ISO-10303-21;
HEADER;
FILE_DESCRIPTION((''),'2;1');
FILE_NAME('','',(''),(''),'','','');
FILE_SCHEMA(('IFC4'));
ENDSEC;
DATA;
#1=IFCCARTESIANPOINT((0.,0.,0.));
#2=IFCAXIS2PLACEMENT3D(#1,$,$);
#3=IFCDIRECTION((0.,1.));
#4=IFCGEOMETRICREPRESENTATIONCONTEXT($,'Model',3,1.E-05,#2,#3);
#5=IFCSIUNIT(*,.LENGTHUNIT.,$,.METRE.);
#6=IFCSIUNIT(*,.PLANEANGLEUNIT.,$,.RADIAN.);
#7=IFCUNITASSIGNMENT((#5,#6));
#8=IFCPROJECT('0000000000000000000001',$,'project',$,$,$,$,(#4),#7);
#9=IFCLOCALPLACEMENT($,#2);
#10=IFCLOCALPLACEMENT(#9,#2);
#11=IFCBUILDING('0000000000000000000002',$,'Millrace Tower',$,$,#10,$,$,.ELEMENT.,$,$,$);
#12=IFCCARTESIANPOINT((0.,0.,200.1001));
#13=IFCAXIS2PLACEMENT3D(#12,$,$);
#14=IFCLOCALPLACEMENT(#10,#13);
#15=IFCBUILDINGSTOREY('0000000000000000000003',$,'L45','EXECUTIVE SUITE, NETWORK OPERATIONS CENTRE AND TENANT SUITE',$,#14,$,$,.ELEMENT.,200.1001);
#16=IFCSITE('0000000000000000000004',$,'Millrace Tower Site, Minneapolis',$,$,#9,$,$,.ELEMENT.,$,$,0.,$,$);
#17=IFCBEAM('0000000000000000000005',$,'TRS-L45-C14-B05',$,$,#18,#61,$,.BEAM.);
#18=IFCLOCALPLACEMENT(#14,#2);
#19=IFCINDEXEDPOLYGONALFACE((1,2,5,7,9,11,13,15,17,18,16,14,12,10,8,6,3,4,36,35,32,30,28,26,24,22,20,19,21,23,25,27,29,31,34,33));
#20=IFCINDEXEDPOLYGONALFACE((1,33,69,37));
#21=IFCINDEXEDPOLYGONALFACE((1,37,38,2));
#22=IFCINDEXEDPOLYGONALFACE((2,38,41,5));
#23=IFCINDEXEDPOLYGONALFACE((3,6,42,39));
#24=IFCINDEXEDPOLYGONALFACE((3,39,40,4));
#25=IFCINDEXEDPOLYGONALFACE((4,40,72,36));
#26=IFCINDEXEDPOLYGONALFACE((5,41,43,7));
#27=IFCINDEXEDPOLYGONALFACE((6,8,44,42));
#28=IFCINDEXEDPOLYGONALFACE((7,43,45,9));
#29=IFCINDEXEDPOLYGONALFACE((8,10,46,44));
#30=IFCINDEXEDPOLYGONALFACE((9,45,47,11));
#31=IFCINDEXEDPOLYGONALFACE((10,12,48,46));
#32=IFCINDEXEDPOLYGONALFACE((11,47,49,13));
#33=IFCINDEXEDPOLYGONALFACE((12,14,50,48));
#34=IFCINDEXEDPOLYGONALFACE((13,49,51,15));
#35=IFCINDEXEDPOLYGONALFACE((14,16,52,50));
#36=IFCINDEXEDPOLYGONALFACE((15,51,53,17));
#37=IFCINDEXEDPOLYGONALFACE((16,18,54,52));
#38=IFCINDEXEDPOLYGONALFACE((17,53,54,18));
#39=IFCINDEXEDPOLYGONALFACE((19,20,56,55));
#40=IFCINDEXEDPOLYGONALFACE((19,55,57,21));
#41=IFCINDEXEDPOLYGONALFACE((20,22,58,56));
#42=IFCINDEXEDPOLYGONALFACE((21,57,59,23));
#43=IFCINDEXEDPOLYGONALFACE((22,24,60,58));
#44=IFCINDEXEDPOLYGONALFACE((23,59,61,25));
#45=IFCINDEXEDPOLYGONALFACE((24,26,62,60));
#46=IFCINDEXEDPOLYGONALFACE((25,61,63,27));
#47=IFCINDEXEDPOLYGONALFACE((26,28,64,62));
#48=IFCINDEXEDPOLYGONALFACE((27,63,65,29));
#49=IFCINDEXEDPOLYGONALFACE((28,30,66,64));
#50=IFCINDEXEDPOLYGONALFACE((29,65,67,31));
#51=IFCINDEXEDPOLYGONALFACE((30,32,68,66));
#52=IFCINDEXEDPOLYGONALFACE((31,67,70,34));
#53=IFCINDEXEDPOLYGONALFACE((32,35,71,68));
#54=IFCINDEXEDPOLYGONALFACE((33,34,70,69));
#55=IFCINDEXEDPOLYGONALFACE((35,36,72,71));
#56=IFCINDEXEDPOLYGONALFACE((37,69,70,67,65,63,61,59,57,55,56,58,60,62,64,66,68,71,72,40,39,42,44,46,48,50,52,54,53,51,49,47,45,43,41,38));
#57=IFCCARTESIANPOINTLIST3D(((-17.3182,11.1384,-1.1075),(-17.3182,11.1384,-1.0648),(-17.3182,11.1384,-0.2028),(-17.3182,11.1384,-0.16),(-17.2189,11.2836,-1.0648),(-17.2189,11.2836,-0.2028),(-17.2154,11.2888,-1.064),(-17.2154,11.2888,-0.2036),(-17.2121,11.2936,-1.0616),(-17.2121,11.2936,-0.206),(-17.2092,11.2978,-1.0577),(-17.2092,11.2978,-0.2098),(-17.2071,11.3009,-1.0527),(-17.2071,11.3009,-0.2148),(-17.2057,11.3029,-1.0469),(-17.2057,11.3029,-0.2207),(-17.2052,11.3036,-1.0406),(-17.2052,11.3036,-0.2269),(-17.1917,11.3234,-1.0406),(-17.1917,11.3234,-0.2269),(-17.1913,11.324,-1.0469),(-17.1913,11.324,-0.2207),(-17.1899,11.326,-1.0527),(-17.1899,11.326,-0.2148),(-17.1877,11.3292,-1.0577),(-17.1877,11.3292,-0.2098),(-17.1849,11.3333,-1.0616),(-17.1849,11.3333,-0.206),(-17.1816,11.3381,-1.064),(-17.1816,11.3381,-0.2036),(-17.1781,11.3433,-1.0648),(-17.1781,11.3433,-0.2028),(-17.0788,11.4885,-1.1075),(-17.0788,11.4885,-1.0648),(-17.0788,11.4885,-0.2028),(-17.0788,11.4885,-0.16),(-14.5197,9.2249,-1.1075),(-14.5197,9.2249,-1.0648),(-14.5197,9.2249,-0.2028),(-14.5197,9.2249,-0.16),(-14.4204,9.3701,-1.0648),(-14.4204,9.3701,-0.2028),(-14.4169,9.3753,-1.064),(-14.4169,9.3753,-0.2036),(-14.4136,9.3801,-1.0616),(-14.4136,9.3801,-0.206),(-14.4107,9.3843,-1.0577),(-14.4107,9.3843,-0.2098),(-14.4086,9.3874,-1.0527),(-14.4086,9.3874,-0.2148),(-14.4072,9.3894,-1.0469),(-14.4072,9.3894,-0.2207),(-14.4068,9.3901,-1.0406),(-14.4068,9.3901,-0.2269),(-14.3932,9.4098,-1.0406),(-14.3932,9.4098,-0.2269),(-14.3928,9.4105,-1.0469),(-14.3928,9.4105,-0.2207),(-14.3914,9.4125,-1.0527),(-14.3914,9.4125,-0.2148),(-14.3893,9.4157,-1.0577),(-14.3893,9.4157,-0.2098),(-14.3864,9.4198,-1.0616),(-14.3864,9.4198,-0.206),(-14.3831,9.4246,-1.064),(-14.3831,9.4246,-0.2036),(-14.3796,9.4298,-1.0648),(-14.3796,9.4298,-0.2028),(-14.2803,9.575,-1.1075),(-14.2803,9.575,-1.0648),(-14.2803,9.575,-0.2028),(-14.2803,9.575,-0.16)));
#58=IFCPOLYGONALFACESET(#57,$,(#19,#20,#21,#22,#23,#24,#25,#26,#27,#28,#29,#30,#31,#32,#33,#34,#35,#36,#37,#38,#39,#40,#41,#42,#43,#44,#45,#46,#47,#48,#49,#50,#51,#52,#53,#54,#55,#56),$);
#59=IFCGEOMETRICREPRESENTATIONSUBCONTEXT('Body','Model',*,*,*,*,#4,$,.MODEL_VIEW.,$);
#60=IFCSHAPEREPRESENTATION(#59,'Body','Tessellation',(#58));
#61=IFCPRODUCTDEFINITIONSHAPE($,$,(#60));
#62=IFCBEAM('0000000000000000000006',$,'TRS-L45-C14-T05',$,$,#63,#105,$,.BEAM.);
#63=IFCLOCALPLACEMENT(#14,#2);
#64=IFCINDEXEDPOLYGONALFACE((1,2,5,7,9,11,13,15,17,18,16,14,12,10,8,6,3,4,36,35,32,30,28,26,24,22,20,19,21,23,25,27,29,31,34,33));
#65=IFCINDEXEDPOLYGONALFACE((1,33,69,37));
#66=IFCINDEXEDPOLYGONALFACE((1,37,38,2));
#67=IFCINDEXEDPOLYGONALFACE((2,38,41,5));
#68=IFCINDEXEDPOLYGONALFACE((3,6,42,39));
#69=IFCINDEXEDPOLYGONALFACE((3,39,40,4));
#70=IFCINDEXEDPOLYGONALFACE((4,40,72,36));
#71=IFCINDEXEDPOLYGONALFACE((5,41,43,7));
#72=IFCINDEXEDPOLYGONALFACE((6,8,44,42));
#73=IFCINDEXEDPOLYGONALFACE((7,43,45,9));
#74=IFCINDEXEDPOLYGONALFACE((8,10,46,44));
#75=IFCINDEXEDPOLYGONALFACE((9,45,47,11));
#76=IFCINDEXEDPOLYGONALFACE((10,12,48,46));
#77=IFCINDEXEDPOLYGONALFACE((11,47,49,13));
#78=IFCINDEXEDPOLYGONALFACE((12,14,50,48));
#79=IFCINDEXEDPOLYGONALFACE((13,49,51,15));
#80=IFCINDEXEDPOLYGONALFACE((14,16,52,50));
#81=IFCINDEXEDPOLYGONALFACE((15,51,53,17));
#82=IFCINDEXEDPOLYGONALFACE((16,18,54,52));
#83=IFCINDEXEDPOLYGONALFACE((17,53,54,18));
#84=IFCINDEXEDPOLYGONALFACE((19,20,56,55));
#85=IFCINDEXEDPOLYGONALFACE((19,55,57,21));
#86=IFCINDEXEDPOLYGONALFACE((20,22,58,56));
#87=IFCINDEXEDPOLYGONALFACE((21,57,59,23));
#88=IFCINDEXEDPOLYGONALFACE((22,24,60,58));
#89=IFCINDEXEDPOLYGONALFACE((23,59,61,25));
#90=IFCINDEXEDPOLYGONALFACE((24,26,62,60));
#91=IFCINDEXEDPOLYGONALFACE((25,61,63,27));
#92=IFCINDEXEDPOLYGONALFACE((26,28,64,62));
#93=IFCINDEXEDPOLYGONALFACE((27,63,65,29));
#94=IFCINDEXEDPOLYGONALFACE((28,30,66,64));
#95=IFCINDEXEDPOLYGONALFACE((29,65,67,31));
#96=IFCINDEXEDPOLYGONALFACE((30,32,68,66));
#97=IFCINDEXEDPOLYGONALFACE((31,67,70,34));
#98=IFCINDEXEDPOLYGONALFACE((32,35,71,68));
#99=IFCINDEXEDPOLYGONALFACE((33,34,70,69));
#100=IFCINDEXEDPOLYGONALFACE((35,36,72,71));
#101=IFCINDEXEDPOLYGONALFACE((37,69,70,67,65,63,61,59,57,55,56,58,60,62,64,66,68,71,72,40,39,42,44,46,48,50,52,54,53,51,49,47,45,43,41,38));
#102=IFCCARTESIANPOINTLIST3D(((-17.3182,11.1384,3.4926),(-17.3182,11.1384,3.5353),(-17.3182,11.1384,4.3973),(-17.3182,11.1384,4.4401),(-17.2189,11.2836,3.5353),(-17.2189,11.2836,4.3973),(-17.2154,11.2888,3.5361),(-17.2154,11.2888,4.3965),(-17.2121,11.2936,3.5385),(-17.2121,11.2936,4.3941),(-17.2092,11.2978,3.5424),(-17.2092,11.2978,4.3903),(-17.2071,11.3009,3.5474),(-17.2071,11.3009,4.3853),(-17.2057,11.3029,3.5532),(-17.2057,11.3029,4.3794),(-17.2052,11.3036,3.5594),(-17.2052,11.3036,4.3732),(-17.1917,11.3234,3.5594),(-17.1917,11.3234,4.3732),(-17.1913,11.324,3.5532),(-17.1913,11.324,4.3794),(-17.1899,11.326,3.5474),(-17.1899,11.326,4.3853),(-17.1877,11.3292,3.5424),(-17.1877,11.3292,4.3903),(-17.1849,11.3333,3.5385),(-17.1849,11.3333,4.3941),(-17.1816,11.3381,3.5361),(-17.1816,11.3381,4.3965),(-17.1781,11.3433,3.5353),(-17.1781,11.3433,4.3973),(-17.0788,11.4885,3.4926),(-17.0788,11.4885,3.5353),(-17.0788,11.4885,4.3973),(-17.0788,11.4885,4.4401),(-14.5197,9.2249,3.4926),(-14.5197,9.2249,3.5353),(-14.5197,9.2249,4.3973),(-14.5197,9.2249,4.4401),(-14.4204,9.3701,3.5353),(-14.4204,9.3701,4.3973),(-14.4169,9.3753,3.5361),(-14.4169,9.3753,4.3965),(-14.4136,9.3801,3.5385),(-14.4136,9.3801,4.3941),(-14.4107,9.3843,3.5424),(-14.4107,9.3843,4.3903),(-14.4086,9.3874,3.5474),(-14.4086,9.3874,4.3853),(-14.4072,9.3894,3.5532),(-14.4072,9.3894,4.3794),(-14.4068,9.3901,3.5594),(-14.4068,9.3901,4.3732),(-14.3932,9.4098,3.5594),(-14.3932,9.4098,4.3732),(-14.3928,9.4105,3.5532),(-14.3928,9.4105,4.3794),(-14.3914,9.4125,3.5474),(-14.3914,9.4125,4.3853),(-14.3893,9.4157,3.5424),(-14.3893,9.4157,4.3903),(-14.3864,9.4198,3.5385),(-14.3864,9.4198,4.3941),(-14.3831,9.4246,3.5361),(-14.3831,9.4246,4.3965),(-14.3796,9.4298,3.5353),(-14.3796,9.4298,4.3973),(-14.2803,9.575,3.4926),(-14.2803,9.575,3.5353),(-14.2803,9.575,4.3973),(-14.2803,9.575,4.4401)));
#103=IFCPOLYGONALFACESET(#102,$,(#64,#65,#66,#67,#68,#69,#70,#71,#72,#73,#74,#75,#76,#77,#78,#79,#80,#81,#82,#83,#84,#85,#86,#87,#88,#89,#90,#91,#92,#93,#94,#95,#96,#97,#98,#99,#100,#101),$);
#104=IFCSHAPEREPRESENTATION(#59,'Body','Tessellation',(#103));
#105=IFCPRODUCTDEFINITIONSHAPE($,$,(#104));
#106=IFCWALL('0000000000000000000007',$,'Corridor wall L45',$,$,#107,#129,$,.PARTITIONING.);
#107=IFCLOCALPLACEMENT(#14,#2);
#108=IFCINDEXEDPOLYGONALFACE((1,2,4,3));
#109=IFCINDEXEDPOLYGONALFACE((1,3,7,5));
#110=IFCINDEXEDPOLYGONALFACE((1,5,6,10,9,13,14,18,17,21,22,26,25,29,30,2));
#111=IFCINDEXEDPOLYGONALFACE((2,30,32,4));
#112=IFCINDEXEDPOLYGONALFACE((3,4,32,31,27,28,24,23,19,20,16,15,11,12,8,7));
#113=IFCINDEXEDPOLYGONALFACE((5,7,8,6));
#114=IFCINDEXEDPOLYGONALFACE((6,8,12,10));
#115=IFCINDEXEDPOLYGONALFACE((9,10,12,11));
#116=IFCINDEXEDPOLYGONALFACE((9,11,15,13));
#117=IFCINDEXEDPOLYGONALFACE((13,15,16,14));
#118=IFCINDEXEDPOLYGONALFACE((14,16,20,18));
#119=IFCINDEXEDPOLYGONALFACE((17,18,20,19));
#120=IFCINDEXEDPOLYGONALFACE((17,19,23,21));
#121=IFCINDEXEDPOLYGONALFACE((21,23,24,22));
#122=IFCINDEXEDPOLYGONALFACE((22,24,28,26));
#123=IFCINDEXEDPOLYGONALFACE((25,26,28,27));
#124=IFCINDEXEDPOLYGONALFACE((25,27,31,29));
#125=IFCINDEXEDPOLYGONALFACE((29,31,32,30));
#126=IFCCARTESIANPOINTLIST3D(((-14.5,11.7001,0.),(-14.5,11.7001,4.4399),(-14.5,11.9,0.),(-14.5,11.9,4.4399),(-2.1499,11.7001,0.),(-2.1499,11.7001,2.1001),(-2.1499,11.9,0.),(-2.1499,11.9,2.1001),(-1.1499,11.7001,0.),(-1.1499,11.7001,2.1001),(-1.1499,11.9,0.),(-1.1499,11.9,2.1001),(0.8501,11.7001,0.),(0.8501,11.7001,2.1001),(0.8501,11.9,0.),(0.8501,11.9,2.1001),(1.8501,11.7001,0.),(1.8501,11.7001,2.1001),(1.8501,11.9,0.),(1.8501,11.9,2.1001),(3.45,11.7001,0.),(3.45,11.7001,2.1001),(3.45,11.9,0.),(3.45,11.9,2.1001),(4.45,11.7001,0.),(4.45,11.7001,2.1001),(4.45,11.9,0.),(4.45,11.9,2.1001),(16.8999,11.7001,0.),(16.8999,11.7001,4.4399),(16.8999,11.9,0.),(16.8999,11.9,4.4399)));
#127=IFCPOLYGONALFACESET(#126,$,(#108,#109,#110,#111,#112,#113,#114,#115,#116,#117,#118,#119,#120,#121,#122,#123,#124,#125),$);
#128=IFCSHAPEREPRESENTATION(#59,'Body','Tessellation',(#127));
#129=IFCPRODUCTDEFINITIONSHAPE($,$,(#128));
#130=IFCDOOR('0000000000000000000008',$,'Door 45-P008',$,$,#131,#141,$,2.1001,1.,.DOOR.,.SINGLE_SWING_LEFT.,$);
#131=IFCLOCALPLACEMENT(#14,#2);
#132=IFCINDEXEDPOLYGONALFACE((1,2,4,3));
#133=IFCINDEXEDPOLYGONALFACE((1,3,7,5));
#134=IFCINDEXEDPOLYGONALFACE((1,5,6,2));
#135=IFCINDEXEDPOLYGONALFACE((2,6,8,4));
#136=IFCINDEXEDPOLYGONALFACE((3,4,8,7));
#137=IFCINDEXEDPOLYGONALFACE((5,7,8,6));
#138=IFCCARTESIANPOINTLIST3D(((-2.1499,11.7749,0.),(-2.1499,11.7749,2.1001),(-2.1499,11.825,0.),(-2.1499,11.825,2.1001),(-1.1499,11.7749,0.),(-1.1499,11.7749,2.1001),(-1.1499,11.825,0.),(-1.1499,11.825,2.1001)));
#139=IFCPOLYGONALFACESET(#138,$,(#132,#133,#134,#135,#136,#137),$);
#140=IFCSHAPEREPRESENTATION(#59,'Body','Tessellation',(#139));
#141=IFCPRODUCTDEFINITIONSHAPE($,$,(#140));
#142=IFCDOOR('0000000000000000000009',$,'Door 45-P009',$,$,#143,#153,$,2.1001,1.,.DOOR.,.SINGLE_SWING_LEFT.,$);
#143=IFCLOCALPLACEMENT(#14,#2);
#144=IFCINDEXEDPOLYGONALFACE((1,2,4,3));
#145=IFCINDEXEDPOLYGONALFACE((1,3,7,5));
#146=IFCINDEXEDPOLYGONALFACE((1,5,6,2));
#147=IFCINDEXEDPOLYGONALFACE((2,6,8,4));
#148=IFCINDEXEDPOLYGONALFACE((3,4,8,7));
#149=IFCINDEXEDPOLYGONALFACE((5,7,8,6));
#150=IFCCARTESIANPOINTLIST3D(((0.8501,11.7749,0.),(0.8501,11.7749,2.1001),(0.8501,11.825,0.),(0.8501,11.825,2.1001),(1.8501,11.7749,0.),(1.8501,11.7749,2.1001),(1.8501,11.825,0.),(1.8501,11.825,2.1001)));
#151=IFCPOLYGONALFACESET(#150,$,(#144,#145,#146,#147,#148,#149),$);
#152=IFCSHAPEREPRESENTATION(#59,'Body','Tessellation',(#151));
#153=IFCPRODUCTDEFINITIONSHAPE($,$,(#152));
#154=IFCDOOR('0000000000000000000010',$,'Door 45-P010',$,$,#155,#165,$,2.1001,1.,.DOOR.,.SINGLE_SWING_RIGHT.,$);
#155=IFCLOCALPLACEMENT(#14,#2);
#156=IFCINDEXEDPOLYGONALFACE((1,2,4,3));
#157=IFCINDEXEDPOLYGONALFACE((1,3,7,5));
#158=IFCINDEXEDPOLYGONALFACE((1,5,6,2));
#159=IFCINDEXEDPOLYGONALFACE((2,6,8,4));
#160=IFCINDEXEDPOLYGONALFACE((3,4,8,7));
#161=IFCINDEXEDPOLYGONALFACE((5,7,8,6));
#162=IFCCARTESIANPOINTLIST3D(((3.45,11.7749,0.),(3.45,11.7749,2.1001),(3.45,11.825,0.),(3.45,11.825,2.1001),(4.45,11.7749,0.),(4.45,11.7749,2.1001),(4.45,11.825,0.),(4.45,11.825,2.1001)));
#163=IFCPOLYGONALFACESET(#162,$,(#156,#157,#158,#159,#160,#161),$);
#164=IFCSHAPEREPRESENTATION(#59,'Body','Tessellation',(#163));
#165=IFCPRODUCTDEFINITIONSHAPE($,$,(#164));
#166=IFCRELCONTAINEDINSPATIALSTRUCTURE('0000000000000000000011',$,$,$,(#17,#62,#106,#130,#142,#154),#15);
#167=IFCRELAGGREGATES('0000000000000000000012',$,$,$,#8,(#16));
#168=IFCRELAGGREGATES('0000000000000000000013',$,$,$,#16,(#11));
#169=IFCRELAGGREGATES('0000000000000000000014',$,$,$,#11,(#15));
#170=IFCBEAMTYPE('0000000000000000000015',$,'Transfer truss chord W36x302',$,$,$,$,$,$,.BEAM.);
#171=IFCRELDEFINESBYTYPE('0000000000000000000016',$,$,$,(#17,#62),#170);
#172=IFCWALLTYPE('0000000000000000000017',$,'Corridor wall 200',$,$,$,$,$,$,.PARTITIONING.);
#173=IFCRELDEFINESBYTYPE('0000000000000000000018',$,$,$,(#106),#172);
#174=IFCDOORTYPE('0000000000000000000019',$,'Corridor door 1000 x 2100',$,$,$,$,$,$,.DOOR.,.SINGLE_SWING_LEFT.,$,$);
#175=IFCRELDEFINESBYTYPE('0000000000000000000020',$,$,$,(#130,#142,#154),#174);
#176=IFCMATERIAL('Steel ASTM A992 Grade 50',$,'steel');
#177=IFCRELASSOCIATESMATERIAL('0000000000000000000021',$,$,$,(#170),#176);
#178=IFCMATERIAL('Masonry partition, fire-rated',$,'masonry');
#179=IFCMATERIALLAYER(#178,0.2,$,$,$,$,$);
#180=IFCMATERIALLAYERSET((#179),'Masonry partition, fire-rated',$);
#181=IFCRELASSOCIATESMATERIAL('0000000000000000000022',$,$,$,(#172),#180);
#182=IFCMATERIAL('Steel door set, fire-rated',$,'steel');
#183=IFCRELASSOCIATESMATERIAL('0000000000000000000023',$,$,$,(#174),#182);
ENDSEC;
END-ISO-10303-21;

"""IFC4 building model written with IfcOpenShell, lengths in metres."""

from ifc_helpers import new_model, si_unit, direction, frame, frame_2d, origin, origin_2d, place, context, subcontext, project, spatial, rectangle, i_section, extrude, material, layer, layer_set, material_profile, profile_set, type_object, element, fill, save


model = new_model("IFC4")

# Units and contexts
model_context = context("Model", 3, precision=1e-05, world=origin(), true_north=direction((0.0, 1.0)))
body_context = subcontext(model_context, "Body", "Model", "MODEL_VIEW")
ifc_project = project(units=[si_unit("LENGTHUNIT", "METRE"), si_unit("PLANEANGLEUNIT", "RADIAN")], contexts=[model_context])

# Site, building, storey
site_placement = place(None, origin())
site = spatial("IfcSite", under=ifc_project, at=site_placement, Name="Millrace Tower Site, Minneapolis", CompositionType="ELEMENT", RefElevation=0.0)
building_placement = place(site_placement, origin())
building = spatial("IfcBuilding", under=site, at=building_placement, Name="Millrace Tower", CompositionType="ELEMENT")
storey_placement = place(building_placement, frame((0.0, 0.0, 200.1001)))
storey = spatial("IfcBuildingStorey", under=building, at=storey_placement, Name="L45", Description="EXECUTIVE SUITE, NETWORK OPERATIONS CENTRE AND TENANT SUITE", CompositionType="ELEMENT", Elevation=200.1001)

# Beams
ifc_material_1 = material(Name="Steel ASTM A992 Grade 50", Category="steel")
ifc_material_profile_1 = material_profile(ifc_material_1, i_section(OverallWidth=0.4241, OverallDepth=0.9475, WebThickness=0.0239, FlangeThickness=0.0427, FilletRadius=0.0242, at=origin_2d()))
ifc_profile_set_1 = profile_set([ifc_material_profile_1], Name="Steel ASTM A992 Grade 50")
beam_type_1 = type_object("IfcBeamType", Name="Transfer truss chord W36x302", PredefinedType="BEAM", material=ifc_profile_set_1)
for number, where, z_axis, x_axis, name in (
    (1, (-17.1985, 11.3135, -0.6338), (0.825479, -0.564433, 0.0), (0.564433, 0.825479, 0.0), "TRS-L45-C14-B05"),
    (2, (-17.1985, 11.3135, 3.9663), (0.825479, -0.564433, 0.0), (0.564433, 0.825479, 0.0), "TRS-L45-C14-T05"),
):
    element("IfcBeam", number, at=place(storey_placement, frame(where, z_axis=z_axis, x_axis=x_axis)), inside=storey, type_object=beam_type_1, Name=name, PredefinedType="BEAM", context=body_context, shape_type="SweptSolid", body=[
        extrude(i_section(OverallWidth=0.4241, OverallDepth=0.9475, WebThickness=0.0239, FlangeThickness=0.0427, FilletRadius=0.0242, at=origin_2d()), origin(), (0.0, 0.0, 1.0), 3.3901),
    ])

# Wall, openings, doors
ifc_material_2 = material(Name="Masonry partition, fire-rated", Category="masonry")
ifc_layer = layer(ifc_material_2, 0.2)
ifc_layer_set = layer_set([ifc_layer], Name="Masonry partition, fire-rated")
wall_type = type_object("IfcWallType", Name="Corridor wall 200", PredefinedType="PARTITIONING", material=ifc_layer_set)
wall_1_placement = place(storey_placement, frame((-14.5, 11.8, 0.0), z_axis=(0.0, 0.0, 1.0), x_axis=(1.0, 0.0, 0.0)))
wall_1 = element("IfcWall", 3, at=wall_1_placement, inside=storey, type_object=wall_type, Name="Corridor wall L45", PredefinedType="PARTITIONING", context=body_context, shape_type="SweptSolid", body=[
    extrude(rectangle(XDim=31.3999, YDim=0.2, at=frame_2d((15.7, 0.0))), origin(), (0.0, 0.0, 1.0), 4.4399),
])
opening_1_placement = place(wall_1_placement, frame((12.3501, 0.0, 0.0)))
opening_1 = element("IfcOpeningElement", 4, at=opening_1_placement, cuts=wall_1, PredefinedType="OPENING", context=body_context, shape_type="SweptSolid", body=[
    extrude(rectangle(XDim=1.0, YDim=2.1001, at=frame_2d((0.5, 1.05))), frame((0.0, 0.1099, 0.0), z_axis=(0.0, -1.0, 0.0), x_axis=(1.0, 0.0, 0.0)), (0.0, 0.0, 1.0), 0.22),
])
opening_2_placement = place(wall_1_placement, frame((15.3501, 0.0, 0.0)))
opening_2 = element("IfcOpeningElement", 5, at=opening_2_placement, cuts=wall_1, PredefinedType="OPENING", context=body_context, shape_type="SweptSolid", body=[
    extrude(rectangle(XDim=1.0, YDim=2.1001, at=frame_2d((0.5, 1.05))), frame((0.0, 0.1099, 0.0), z_axis=(0.0, -1.0, 0.0), x_axis=(1.0, 0.0, 0.0)), (0.0, 0.0, 1.0), 0.22),
])
opening_3_placement = place(wall_1_placement, frame((17.95, 0.0, 0.0)))
opening_3 = element("IfcOpeningElement", 6, at=opening_3_placement, cuts=wall_1, PredefinedType="OPENING", context=body_context, shape_type="SweptSolid", body=[
    extrude(rectangle(XDim=1.0, YDim=2.1001, at=frame_2d((0.5, 1.05))), frame((0.0, 0.1099, 0.0), z_axis=(0.0, -1.0, 0.0), x_axis=(1.0, 0.0, 0.0)), (0.0, 0.0, 1.0), 0.22),
])
ifc_material_3 = material(Name="Steel door set, fire-rated", Category="steel")
door_type_1 = type_object("IfcDoorType", Name="Corridor door 1000 x 2100", OperationType="SINGLE_SWING_LEFT", PredefinedType="DOOR", material=ifc_material_3)
door_1_placement = place(opening_1_placement, origin())
door_1 = element("IfcDoor", 7, at=door_1_placement, inside=storey, type_object=door_type_1, Name="Door 45-P008", OperationType="SINGLE_SWING_LEFT", OverallHeight=2.1001, OverallWidth=1.0, PredefinedType="DOOR", context=body_context, shape_type="SweptSolid", body=[
    extrude(rectangle(XDim=1.0, YDim=2.1001, at=frame_2d((0.5, 1.05))), frame((0.0, 0.0249, 0.0), z_axis=(0.0, -1.0, 0.0), x_axis=(1.0, 0.0, 0.0)), (0.0, 0.0, 1.0), 0.05),
])
fill(opening_1, door_1)
door_2_placement = place(opening_2_placement, origin())
door_2 = element("IfcDoor", 8, at=door_2_placement, inside=storey, type_object=door_type_1, Name="Door 45-P009", OperationType="SINGLE_SWING_LEFT", OverallHeight=2.1001, OverallWidth=1.0, PredefinedType="DOOR", context=body_context, shape_type="SweptSolid", body=[
    extrude(rectangle(XDim=1.0, YDim=2.1001, at=frame_2d((0.5, 1.05))), frame((0.0, 0.0249, 0.0), z_axis=(0.0, -1.0, 0.0), x_axis=(1.0, 0.0, 0.0)), (0.0, 0.0, 1.0), 0.05),
])
fill(opening_2, door_2)
door_3_placement = place(opening_3_placement, origin())
door_3 = element("IfcDoor", 9, at=door_3_placement, inside=storey, type_object=door_type_1, Name="Door 45-P010", OperationType="SINGLE_SWING_RIGHT", OverallHeight=2.1001, OverallWidth=1.0, PredefinedType="DOOR", context=body_context, shape_type="SweptSolid", body=[
    extrude(rectangle(XDim=1.0, YDim=2.1001, at=frame_2d((0.5, 1.05))), frame((0.0, 0.0249, 0.0), z_axis=(0.0, -1.0, 0.0), x_axis=(1.0, 0.0, 0.0)), (0.0, 0.0, 1.0), 0.05),
])
fill(opening_3, door_3)

save(model, "model.ifc")
